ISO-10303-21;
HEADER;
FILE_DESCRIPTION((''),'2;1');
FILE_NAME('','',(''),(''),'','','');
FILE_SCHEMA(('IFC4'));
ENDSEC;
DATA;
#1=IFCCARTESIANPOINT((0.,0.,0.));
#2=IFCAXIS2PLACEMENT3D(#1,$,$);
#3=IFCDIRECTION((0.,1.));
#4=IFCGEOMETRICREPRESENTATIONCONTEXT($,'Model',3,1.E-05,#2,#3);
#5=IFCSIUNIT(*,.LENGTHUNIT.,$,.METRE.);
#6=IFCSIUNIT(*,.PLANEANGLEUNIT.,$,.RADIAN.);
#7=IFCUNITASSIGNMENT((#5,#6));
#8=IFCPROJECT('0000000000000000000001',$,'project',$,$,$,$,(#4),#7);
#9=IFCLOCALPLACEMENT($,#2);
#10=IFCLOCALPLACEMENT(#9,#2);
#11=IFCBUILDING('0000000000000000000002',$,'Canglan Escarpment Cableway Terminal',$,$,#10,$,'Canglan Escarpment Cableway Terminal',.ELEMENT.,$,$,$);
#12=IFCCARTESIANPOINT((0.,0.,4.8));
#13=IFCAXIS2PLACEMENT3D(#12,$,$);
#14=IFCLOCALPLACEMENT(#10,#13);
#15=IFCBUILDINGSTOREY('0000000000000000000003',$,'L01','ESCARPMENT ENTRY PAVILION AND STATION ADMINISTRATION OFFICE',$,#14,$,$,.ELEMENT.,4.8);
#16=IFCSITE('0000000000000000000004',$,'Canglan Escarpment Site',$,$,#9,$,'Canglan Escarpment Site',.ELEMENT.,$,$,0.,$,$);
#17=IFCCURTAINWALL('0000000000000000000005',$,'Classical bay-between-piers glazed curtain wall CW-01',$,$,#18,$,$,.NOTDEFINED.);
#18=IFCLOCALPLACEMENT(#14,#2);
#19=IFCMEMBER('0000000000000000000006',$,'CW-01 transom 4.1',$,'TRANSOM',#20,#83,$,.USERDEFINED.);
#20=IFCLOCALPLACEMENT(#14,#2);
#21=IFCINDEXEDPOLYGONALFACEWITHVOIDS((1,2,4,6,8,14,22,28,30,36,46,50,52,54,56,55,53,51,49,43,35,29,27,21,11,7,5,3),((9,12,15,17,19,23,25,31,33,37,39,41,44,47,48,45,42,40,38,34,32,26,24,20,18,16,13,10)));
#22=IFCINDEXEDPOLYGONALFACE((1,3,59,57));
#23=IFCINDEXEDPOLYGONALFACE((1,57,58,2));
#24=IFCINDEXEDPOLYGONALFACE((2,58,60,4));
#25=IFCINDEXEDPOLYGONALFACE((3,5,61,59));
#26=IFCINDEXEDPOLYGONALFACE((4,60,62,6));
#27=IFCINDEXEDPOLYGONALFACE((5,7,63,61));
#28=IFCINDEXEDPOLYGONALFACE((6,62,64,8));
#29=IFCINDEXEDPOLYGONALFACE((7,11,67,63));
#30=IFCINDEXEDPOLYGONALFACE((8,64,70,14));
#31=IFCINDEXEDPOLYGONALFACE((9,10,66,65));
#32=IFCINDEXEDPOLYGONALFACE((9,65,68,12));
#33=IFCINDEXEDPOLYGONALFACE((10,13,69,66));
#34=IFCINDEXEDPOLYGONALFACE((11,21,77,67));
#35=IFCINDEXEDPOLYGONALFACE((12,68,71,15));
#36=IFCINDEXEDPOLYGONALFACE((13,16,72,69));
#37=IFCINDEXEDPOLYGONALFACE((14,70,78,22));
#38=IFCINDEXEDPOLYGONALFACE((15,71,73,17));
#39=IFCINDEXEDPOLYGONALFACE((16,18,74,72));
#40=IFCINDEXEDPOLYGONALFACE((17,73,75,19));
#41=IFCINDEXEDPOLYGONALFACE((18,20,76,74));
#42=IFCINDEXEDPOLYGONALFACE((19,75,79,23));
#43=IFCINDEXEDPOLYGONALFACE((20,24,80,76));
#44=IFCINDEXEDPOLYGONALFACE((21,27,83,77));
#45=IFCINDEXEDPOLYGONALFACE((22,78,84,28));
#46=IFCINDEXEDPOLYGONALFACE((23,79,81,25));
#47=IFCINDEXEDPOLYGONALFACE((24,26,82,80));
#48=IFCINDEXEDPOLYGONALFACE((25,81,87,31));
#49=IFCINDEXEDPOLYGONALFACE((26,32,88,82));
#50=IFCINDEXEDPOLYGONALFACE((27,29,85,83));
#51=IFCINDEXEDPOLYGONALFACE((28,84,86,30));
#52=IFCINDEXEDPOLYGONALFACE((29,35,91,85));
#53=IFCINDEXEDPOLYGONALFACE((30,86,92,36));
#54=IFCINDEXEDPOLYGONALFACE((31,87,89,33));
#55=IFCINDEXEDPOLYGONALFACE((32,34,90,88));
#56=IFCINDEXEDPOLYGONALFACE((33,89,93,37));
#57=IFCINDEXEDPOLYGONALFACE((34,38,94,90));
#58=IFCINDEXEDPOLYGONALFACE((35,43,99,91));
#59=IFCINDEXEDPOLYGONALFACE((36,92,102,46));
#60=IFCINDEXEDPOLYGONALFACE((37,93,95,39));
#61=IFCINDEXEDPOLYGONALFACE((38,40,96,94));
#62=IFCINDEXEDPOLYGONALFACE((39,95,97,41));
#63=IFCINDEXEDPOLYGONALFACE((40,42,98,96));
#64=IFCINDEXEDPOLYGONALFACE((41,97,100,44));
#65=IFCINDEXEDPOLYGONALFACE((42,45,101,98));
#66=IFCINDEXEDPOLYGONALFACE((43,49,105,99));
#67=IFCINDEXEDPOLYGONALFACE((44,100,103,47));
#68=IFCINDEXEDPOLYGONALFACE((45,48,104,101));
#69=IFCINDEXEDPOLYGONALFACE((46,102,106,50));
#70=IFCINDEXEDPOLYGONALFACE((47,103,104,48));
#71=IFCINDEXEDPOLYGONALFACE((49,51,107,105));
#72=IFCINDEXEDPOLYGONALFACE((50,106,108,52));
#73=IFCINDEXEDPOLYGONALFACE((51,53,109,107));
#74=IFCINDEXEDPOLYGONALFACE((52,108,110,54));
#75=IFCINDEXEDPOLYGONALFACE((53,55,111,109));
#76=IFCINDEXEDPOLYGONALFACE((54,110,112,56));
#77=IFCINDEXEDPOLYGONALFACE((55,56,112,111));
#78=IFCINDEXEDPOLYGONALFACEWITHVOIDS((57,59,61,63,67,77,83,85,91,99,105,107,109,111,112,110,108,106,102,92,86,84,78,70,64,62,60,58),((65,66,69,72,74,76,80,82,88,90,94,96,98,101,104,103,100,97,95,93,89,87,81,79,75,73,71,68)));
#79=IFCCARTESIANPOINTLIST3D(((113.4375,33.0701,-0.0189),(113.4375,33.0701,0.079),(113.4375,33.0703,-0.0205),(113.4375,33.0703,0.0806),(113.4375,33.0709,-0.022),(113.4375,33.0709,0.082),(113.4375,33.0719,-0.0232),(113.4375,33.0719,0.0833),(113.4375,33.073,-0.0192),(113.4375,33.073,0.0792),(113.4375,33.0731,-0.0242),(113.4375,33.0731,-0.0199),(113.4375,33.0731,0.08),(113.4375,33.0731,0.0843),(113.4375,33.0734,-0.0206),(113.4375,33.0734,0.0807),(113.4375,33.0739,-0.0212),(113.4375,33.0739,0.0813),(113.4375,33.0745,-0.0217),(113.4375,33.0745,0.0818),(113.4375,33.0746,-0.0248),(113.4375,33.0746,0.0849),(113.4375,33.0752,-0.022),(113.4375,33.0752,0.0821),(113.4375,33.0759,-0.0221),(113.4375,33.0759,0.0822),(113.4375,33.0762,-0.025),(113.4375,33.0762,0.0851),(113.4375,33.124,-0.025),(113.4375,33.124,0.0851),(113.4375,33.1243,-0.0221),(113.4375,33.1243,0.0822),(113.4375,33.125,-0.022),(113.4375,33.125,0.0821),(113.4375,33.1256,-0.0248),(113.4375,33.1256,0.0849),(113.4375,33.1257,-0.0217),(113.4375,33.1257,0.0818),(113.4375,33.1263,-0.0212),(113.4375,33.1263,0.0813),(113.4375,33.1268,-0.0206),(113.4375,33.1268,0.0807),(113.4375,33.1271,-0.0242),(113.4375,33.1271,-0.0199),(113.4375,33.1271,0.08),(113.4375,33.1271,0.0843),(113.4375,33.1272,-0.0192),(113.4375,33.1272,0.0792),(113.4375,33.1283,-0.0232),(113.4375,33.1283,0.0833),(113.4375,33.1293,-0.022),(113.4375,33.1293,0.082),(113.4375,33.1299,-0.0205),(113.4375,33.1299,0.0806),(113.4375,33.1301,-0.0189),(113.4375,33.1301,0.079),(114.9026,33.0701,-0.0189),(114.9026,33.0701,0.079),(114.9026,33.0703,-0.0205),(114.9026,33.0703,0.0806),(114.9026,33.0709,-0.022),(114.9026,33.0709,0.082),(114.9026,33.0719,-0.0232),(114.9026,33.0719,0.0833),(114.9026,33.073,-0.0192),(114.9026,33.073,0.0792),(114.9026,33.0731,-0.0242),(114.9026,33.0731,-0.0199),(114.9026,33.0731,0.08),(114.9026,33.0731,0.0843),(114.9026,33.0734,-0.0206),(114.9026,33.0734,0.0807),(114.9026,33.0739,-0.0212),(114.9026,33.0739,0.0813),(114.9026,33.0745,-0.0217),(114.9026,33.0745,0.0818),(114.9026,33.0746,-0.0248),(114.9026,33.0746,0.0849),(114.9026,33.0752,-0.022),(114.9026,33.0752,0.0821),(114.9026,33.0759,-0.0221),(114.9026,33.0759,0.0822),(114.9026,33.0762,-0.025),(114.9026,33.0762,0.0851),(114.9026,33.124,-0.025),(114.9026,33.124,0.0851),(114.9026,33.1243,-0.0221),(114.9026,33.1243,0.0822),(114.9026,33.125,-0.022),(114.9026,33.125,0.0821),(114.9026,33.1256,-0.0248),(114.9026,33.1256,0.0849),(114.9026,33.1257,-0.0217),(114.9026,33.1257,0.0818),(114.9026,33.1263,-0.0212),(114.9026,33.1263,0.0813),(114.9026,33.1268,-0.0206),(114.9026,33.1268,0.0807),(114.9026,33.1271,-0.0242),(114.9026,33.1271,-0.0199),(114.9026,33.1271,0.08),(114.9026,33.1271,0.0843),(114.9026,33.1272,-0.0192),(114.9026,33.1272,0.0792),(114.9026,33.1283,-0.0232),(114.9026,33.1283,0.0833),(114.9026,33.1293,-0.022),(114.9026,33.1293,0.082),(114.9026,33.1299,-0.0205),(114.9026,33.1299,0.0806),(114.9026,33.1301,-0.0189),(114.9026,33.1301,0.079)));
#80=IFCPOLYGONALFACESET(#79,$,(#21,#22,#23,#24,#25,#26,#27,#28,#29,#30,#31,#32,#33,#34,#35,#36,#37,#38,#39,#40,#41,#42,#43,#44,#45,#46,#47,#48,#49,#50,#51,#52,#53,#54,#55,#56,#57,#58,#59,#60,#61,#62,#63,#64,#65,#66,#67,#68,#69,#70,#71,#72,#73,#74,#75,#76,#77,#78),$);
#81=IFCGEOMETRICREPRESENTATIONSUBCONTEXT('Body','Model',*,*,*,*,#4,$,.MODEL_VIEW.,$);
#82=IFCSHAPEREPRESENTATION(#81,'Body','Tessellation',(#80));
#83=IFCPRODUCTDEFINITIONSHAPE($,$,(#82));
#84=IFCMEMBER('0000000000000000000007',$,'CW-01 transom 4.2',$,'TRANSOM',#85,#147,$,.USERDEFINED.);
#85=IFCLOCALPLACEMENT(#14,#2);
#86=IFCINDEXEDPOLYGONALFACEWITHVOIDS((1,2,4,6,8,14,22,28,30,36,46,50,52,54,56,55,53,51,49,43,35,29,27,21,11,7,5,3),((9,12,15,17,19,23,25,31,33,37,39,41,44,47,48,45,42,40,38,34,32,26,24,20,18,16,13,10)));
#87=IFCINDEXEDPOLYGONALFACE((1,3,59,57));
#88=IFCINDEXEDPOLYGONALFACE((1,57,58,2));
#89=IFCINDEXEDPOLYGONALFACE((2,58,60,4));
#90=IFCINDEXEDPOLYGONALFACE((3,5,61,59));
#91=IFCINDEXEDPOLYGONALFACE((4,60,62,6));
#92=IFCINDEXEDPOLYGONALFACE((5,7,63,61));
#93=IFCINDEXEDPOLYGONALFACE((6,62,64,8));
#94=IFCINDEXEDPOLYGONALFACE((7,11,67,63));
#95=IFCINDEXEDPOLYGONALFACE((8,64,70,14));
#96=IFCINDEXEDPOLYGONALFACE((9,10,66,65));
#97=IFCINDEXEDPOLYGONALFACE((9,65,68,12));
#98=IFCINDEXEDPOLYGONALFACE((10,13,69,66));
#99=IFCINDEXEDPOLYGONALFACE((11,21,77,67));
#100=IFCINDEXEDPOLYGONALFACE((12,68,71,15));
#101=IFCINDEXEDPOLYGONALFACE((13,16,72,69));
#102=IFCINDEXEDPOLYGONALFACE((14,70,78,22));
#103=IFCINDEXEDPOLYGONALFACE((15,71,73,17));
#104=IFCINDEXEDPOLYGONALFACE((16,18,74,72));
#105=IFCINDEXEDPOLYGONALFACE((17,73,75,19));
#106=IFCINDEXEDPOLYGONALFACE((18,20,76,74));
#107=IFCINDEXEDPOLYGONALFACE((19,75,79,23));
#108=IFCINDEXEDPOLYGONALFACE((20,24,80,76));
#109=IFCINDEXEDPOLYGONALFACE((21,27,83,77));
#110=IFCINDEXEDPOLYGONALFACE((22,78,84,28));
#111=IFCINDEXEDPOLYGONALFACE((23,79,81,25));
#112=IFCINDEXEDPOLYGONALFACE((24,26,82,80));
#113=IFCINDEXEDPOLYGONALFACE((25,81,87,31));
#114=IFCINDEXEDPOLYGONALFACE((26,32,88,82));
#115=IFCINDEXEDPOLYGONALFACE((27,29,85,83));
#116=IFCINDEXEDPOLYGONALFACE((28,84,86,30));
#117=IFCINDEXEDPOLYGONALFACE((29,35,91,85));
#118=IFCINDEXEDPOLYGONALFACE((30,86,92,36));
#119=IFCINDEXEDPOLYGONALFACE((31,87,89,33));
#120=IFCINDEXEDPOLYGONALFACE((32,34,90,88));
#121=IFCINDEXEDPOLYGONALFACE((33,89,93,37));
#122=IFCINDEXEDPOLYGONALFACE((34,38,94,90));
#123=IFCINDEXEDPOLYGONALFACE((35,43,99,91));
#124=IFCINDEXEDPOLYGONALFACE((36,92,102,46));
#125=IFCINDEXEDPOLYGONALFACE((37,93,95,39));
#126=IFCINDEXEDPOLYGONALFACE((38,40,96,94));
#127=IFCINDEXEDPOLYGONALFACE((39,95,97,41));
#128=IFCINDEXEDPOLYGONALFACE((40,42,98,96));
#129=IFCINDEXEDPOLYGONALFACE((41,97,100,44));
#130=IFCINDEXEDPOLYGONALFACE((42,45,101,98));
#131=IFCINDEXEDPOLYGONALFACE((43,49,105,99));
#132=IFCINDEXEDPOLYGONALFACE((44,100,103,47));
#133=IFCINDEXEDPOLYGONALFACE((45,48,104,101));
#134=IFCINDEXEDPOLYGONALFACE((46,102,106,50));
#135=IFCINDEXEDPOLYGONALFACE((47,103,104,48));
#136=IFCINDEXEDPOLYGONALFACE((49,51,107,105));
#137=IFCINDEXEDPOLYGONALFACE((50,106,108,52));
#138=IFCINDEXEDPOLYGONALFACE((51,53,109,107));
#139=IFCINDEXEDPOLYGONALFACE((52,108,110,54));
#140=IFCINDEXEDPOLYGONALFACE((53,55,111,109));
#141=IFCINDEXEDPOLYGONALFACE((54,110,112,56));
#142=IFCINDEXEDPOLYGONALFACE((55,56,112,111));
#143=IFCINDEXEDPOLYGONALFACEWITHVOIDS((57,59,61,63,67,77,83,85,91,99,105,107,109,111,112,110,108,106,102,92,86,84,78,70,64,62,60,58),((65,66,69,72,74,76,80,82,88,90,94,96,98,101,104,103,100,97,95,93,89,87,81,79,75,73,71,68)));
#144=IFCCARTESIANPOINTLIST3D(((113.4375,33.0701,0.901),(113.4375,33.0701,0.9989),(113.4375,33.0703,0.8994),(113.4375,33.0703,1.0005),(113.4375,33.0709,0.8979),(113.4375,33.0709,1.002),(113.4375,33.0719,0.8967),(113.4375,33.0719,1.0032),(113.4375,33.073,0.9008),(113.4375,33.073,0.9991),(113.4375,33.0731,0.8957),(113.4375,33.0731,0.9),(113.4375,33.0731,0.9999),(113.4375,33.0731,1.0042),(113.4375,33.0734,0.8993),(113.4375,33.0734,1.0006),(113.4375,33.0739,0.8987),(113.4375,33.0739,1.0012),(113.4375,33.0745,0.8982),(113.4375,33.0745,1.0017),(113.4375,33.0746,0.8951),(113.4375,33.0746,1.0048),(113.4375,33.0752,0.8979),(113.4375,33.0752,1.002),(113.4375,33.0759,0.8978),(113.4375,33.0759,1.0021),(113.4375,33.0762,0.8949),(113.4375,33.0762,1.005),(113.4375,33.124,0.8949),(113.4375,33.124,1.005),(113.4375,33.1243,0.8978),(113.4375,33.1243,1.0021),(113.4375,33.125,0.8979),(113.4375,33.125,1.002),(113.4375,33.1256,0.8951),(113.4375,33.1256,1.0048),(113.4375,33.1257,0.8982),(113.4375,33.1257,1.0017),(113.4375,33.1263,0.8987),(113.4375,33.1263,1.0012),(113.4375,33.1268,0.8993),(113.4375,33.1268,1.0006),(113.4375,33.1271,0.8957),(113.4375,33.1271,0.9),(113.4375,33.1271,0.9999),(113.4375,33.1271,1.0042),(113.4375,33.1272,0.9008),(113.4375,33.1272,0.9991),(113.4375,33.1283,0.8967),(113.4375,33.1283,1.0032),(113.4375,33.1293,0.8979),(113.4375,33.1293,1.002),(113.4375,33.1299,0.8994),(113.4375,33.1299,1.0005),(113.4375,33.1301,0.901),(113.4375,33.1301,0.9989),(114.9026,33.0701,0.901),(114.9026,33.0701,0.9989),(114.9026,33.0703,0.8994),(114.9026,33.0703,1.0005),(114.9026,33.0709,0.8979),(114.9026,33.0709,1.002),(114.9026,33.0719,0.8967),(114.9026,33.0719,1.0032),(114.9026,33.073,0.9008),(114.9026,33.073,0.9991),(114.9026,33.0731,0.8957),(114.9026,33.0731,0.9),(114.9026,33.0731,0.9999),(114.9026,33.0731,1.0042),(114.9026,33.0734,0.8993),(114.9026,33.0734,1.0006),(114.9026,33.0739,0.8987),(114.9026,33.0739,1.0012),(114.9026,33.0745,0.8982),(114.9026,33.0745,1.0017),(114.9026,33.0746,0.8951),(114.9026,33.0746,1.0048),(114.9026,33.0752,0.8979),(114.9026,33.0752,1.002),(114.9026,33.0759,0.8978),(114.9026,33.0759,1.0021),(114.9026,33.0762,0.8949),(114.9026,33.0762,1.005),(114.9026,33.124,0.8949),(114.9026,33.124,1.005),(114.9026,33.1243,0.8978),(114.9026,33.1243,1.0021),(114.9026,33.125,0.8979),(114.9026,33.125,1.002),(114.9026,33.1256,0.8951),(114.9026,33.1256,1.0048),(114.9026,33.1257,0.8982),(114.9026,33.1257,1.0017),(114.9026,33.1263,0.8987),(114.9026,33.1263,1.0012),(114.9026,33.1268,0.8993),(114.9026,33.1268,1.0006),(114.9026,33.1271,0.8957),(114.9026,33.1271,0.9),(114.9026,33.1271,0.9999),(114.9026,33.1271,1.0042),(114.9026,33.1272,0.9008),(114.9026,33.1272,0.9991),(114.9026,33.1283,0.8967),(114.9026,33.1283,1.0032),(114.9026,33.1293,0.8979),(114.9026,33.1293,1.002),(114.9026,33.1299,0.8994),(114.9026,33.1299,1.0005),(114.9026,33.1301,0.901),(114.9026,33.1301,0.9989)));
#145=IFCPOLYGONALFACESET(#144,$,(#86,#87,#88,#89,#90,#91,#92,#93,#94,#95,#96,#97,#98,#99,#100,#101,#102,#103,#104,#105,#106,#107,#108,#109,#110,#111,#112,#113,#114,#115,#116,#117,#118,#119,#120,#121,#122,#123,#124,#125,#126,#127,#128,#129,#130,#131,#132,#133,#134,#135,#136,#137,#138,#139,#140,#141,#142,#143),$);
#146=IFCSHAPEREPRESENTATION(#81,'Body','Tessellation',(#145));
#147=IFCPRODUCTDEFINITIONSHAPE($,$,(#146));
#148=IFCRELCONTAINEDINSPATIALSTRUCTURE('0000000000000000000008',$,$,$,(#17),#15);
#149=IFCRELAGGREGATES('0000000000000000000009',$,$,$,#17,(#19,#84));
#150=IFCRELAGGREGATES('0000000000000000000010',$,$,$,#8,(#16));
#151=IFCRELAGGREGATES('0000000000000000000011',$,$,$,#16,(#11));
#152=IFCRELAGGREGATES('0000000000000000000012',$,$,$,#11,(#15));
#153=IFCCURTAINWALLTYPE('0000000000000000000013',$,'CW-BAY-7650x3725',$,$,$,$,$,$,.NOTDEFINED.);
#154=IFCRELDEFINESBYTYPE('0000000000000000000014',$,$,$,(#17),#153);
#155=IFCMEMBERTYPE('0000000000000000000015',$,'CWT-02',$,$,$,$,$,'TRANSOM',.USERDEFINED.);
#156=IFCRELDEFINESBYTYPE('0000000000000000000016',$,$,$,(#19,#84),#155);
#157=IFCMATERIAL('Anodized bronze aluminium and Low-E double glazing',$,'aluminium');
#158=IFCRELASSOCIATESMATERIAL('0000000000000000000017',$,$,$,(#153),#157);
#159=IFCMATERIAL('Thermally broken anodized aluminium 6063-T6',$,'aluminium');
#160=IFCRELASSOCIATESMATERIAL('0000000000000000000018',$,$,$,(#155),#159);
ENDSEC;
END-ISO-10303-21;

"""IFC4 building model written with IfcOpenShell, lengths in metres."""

from ifc_helpers import new_model, si_unit, direction, frame, origin, origin_2d, place, context, subcontext, project, spatial, hollow_rectangle, extrude, material, material_profile, profile_set, type_object, element, aggregate, save


model = new_model("IFC4")

# Units and contexts
model_context = context("Model", 3, precision=1e-05, world=origin(), true_north=direction((0.0, 1.0)))
body_context = subcontext(model_context, "Body", "Model", "MODEL_VIEW")
ifc_project = project(units=[si_unit("LENGTHUNIT", "METRE"), si_unit("PLANEANGLEUNIT", "RADIAN")], contexts=[model_context])

# Site, building, storey
site_placement = place(None, origin())
site = spatial("IfcSite", under=ifc_project, at=site_placement, Name="Canglan Escarpment Site", LongName="Canglan Escarpment Site", CompositionType="ELEMENT", RefElevation=0.0)
building_placement = place(site_placement, origin())
building = spatial("IfcBuilding", under=site, at=building_placement, Name="Canglan Escarpment Cableway Terminal", LongName="Canglan Escarpment Cableway Terminal", CompositionType="ELEMENT")
storey_placement = place(building_placement, frame((0.0, 0.0, 4.8)))
storey = spatial("IfcBuildingStorey", under=building, at=storey_placement, Name="L01", Description="ESCARPMENT ENTRY PAVILION AND STATION ADMINISTRATION OFFICE", CompositionType="ELEMENT", Elevation=4.8)

# Curtain wall, members
ifc_material_1 = material(Name="Anodized bronze aluminium and Low-E double glazing", Category="aluminium")
curtain_wall_type = type_object("IfcCurtainWallType", Name="CW-BAY-7650x3725", PredefinedType="NOTDEFINED", material=ifc_material_1)
curtain_wall_placement = place(storey_placement, origin())
curtain_wall = element("IfcCurtainWall", 1, at=curtain_wall_placement, inside=storey, type_object=curtain_wall_type, Name="Classical bay-between-piers glazed curtain wall CW-01", PredefinedType="NOTDEFINED")
ifc_material_2 = material(Name="Thermally broken anodized aluminium 6063-T6", Category="aluminium")
ifc_material_profile_1 = material_profile(ifc_material_2, hollow_rectangle(XDim=0.0601, YDim=0.1101, WallThickness=0.0029, InnerFilletRadius=0.0029, OuterFilletRadius=0.0061, at=origin_2d()), Name="ALU-TRAN 60x110x3")
ifc_profile_set_1 = profile_set([ifc_material_profile_1], Name="Thermally broken anodized aluminium 6063-T6")
member_type_1 = type_object("IfcMemberType", Name="CWT-02", ElementType="TRANSOM", PredefinedType="USERDEFINED", material=ifc_profile_set_1)
member_1_placement = place(storey_placement, frame((114.9026, 33.1001, 0.03), z_axis=(-1.0, 0.0, 0.0), x_axis=(0.0, -1.0, 0.0)))
member_1 = element("IfcMember", 2, at=member_1_placement, type_object=member_type_1, Name="CW-01 transom 4.1", ObjectType="TRANSOM", PredefinedType="USERDEFINED", context=body_context, shape_type="SweptSolid", body=[
    extrude(hollow_rectangle(XDim=0.0601, YDim=0.1101, WallThickness=0.0029, InnerFilletRadius=0.0029, OuterFilletRadius=0.0061, at=origin_2d()), origin(), (0.0, 0.0, 1.0), 1.4651),
])
member_2_placement = place(storey_placement, frame((114.9026, 33.1001, 0.95), z_axis=(-1.0, 0.0, 0.0), x_axis=(0.0, -1.0, 0.0)))
member_2 = element("IfcMember", 3, at=member_2_placement, type_object=member_type_1, Name="CW-01 transom 4.2", ObjectType="TRANSOM", PredefinedType="USERDEFINED", context=body_context, shape_type="SweptSolid", body=[
    extrude(hollow_rectangle(XDim=0.0601, YDim=0.1101, WallThickness=0.0029, InnerFilletRadius=0.0029, OuterFilletRadius=0.0061, at=origin_2d()), origin(), (0.0, 0.0, 1.0), 1.4651),
])

aggregate(curtain_wall, [member_1, member_2])

save(model, "model.ifc")
